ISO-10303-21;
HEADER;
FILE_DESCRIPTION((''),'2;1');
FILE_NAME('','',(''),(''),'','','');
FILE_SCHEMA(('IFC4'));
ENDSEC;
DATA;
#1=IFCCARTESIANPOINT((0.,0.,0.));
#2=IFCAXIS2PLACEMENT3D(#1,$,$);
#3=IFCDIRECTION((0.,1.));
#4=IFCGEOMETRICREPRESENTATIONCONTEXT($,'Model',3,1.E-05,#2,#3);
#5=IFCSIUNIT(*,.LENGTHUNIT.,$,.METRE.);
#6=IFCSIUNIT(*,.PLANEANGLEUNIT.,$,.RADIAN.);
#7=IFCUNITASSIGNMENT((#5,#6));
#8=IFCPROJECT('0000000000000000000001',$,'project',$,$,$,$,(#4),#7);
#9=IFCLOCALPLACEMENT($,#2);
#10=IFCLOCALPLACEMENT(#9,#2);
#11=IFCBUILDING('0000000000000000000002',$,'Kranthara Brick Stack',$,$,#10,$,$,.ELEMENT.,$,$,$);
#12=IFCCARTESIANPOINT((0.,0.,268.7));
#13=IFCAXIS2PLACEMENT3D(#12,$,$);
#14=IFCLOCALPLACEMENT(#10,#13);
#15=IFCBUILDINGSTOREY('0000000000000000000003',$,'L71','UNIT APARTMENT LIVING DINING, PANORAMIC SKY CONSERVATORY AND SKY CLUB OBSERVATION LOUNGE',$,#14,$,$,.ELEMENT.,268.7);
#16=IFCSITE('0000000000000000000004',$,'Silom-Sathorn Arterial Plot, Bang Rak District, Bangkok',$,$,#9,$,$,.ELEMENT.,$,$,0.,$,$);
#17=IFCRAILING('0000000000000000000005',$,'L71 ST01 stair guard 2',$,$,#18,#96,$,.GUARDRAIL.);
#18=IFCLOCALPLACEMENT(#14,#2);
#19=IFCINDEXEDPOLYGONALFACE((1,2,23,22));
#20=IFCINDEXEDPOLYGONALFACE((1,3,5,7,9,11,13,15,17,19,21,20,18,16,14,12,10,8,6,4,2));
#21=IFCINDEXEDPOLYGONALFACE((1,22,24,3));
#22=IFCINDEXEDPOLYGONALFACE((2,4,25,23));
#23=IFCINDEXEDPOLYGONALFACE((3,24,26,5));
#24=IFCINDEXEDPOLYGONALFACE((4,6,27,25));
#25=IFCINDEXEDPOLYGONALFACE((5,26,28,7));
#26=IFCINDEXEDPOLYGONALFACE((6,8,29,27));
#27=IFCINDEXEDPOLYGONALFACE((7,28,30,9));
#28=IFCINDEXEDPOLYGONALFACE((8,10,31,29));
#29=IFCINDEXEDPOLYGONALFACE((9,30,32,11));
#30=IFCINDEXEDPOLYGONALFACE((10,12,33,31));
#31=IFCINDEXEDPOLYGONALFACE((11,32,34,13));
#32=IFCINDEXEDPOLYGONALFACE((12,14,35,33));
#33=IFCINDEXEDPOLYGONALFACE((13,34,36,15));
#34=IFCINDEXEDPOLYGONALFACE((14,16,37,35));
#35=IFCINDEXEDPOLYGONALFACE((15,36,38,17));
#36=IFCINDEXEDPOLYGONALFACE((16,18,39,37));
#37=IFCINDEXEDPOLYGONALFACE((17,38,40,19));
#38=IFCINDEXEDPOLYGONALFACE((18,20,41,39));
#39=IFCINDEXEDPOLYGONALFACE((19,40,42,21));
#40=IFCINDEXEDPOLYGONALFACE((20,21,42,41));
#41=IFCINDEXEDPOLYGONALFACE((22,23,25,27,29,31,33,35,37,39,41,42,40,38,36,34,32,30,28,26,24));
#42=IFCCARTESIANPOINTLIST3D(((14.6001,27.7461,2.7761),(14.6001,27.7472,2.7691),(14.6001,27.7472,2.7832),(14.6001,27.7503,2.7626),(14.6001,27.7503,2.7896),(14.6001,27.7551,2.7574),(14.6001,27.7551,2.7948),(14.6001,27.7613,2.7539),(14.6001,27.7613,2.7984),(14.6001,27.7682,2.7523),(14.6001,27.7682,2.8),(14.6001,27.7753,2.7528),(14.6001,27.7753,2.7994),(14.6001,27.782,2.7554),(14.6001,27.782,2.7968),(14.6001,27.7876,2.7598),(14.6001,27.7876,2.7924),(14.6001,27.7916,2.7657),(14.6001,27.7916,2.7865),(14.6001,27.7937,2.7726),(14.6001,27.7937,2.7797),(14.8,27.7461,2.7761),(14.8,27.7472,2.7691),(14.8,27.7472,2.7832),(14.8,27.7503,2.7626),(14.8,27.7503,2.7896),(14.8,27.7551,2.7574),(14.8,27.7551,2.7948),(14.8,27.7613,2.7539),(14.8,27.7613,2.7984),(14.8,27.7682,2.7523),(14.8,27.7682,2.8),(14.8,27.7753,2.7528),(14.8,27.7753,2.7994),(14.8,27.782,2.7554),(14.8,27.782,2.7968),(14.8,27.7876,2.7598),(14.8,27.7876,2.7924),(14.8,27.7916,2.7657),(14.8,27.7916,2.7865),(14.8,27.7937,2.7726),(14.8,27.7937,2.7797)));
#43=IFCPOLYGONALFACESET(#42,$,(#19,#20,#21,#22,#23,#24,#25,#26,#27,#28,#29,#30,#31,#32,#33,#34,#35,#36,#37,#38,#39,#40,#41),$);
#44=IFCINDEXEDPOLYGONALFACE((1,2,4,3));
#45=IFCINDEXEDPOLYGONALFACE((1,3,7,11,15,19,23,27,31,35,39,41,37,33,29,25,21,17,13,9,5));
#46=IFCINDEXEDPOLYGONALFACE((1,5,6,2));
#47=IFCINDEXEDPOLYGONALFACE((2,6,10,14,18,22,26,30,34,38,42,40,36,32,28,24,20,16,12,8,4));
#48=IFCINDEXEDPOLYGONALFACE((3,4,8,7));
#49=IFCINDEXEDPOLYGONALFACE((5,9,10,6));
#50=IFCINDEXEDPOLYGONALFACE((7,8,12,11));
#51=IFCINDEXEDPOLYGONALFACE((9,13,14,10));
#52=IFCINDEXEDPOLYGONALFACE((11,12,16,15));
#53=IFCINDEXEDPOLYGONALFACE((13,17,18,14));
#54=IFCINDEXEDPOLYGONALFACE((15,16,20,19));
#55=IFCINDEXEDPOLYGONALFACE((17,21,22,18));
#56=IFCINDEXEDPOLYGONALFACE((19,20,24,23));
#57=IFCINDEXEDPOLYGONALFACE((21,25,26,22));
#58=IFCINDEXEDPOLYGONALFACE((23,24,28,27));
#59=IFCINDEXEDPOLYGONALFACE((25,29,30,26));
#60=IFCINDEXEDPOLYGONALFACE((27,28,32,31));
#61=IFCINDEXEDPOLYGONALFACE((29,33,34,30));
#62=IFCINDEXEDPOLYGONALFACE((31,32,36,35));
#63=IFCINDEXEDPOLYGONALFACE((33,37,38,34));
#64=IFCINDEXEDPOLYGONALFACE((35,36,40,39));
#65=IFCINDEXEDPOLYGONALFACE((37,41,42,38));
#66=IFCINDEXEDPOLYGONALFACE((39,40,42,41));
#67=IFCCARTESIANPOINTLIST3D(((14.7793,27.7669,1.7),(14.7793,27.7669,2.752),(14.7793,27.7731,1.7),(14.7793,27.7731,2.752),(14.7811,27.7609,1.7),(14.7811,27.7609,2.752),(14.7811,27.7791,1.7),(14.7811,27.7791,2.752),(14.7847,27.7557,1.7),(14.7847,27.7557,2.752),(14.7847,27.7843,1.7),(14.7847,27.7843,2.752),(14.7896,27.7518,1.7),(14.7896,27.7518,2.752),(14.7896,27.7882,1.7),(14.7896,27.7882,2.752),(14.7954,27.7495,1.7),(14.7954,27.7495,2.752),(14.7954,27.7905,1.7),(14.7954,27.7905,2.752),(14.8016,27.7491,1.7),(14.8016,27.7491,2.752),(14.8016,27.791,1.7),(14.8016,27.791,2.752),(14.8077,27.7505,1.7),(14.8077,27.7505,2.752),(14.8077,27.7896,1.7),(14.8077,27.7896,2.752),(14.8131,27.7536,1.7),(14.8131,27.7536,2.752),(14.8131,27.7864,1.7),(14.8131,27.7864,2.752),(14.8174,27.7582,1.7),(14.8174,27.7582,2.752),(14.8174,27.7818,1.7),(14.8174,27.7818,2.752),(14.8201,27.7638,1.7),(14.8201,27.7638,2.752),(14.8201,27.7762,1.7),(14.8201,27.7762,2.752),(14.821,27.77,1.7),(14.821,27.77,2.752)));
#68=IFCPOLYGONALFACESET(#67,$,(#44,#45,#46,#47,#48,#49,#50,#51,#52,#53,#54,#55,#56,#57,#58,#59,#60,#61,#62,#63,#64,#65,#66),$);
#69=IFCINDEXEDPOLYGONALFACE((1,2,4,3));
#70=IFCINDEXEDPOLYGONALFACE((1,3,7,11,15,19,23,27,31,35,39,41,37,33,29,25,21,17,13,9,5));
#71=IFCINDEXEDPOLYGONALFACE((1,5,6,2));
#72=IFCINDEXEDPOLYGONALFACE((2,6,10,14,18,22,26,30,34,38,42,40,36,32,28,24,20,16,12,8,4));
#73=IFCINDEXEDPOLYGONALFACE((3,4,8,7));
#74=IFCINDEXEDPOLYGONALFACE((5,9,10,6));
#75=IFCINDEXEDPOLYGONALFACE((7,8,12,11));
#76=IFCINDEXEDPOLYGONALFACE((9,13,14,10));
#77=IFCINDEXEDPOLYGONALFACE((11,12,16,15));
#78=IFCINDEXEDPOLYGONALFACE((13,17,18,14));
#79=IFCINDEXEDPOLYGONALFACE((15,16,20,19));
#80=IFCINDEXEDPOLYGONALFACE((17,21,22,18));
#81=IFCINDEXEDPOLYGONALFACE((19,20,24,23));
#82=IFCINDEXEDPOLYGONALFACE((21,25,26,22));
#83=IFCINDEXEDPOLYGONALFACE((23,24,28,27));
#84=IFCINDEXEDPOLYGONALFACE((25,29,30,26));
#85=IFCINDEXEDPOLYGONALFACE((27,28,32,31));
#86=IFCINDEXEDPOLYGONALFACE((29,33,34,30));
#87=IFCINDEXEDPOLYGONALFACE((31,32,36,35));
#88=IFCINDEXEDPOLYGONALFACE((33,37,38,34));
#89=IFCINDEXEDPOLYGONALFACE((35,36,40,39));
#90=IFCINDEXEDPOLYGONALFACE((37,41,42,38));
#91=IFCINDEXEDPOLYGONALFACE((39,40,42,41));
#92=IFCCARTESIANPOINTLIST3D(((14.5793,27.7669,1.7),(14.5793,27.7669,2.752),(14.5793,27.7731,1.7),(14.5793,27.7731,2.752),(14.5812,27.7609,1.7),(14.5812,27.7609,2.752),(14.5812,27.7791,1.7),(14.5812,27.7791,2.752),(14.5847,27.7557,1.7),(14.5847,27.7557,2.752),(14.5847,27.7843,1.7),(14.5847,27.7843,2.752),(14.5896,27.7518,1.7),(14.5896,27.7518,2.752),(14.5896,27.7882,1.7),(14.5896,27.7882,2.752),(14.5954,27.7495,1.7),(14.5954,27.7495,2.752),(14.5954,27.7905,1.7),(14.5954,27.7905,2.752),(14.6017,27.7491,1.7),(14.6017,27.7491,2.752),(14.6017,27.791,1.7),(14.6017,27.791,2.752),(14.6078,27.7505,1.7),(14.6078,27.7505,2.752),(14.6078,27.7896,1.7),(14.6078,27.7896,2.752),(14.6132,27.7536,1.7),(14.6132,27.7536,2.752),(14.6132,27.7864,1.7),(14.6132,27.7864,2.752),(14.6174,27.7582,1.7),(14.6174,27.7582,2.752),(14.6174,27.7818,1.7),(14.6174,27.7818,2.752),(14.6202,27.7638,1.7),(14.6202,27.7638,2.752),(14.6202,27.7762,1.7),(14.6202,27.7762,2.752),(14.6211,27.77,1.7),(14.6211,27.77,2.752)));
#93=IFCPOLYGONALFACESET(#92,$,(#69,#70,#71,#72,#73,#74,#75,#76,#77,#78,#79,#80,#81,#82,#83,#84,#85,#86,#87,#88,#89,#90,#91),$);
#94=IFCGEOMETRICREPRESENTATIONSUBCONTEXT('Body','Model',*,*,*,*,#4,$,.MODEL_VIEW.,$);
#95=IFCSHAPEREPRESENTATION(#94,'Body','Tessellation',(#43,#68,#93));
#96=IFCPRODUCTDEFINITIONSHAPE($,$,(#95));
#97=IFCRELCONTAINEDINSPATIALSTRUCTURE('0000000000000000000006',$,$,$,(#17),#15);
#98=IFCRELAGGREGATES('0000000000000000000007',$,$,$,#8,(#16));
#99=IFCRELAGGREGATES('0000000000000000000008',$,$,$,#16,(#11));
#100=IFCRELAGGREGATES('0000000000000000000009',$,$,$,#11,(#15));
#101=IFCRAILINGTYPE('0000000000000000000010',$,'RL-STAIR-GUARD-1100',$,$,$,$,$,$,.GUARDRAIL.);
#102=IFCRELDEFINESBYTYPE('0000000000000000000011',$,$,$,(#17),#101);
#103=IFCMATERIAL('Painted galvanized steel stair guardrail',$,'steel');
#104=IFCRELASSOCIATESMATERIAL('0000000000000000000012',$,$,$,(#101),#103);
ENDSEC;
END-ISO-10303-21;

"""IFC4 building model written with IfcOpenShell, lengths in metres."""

from ifc_helpers import new_model, si_unit, direction, frame, origin, origin_2d, place, context, subcontext, project, spatial, circle, extrude, material, type_object, element, save


model = new_model("IFC4")

# Units and contexts
model_context = context("Model", 3, precision=1e-05, world=origin(), true_north=direction((0.0, 1.0)))
body_context = subcontext(model_context, "Body", "Model", "MODEL_VIEW")
ifc_project = project(units=[si_unit("LENGTHUNIT", "METRE"), si_unit("PLANEANGLEUNIT", "RADIAN")], contexts=[model_context])

# Site, building, storey
site_placement = place(None, origin())
site = spatial("IfcSite", under=ifc_project, at=site_placement, Name="Silom-Sathorn Arterial Plot, Bang Rak District, Bangkok", CompositionType="ELEMENT", RefElevation=0.0)
building_placement = place(site_placement, origin())
building = spatial("IfcBuilding", under=site, at=building_placement, Name="Kranthara Brick Stack", CompositionType="ELEMENT")
storey_placement = place(building_placement, frame((0.0, 0.0, 268.7)))
storey = spatial("IfcBuildingStorey", under=building, at=storey_placement, Name="L71", Description="UNIT APARTMENT LIVING DINING, PANORAMIC SKY CONSERVATORY AND SKY CLUB OBSERVATION LOUNGE", CompositionType="ELEMENT", Elevation=268.7)

# Railing
ifc_material_1 = material(Name="Painted galvanized steel stair guardrail", Category="steel")
railing_type_1 = type_object("IfcRailingType", Name="RL-STAIR-GUARD-1100", PredefinedType="GUARDRAIL", material=ifc_material_1)
railing_1_placement = place(storey_placement, frame((14.8, 27.77, 1.7)))
element("IfcRailing", 1, at=railing_1_placement, inside=storey, type_object=railing_type_1, Name="L71 ST01 stair guard 2", PredefinedType="GUARDRAIL", context=body_context, shape_type="SweptSolid", body=[
    extrude(circle(Radius=0.0239, at=origin_2d()), frame((0.0, 0.0, 1.0762), z_axis=(-1.0, 0.0, 0.0), x_axis=(0.0, -1.0, 0.0)), (0.0, 0.0, 1.0), 0.2),
    extrude(circle(Radius=0.021, at=origin_2d()), origin(), (0.0, 0.0, 1.0), 1.052),
    extrude(circle(Radius=0.021, at=origin_2d()), frame((-0.2, 0.0, 0.0)), (0.0, 0.0, 1.0), 1.052),
])

save(model, "model.ifc")
